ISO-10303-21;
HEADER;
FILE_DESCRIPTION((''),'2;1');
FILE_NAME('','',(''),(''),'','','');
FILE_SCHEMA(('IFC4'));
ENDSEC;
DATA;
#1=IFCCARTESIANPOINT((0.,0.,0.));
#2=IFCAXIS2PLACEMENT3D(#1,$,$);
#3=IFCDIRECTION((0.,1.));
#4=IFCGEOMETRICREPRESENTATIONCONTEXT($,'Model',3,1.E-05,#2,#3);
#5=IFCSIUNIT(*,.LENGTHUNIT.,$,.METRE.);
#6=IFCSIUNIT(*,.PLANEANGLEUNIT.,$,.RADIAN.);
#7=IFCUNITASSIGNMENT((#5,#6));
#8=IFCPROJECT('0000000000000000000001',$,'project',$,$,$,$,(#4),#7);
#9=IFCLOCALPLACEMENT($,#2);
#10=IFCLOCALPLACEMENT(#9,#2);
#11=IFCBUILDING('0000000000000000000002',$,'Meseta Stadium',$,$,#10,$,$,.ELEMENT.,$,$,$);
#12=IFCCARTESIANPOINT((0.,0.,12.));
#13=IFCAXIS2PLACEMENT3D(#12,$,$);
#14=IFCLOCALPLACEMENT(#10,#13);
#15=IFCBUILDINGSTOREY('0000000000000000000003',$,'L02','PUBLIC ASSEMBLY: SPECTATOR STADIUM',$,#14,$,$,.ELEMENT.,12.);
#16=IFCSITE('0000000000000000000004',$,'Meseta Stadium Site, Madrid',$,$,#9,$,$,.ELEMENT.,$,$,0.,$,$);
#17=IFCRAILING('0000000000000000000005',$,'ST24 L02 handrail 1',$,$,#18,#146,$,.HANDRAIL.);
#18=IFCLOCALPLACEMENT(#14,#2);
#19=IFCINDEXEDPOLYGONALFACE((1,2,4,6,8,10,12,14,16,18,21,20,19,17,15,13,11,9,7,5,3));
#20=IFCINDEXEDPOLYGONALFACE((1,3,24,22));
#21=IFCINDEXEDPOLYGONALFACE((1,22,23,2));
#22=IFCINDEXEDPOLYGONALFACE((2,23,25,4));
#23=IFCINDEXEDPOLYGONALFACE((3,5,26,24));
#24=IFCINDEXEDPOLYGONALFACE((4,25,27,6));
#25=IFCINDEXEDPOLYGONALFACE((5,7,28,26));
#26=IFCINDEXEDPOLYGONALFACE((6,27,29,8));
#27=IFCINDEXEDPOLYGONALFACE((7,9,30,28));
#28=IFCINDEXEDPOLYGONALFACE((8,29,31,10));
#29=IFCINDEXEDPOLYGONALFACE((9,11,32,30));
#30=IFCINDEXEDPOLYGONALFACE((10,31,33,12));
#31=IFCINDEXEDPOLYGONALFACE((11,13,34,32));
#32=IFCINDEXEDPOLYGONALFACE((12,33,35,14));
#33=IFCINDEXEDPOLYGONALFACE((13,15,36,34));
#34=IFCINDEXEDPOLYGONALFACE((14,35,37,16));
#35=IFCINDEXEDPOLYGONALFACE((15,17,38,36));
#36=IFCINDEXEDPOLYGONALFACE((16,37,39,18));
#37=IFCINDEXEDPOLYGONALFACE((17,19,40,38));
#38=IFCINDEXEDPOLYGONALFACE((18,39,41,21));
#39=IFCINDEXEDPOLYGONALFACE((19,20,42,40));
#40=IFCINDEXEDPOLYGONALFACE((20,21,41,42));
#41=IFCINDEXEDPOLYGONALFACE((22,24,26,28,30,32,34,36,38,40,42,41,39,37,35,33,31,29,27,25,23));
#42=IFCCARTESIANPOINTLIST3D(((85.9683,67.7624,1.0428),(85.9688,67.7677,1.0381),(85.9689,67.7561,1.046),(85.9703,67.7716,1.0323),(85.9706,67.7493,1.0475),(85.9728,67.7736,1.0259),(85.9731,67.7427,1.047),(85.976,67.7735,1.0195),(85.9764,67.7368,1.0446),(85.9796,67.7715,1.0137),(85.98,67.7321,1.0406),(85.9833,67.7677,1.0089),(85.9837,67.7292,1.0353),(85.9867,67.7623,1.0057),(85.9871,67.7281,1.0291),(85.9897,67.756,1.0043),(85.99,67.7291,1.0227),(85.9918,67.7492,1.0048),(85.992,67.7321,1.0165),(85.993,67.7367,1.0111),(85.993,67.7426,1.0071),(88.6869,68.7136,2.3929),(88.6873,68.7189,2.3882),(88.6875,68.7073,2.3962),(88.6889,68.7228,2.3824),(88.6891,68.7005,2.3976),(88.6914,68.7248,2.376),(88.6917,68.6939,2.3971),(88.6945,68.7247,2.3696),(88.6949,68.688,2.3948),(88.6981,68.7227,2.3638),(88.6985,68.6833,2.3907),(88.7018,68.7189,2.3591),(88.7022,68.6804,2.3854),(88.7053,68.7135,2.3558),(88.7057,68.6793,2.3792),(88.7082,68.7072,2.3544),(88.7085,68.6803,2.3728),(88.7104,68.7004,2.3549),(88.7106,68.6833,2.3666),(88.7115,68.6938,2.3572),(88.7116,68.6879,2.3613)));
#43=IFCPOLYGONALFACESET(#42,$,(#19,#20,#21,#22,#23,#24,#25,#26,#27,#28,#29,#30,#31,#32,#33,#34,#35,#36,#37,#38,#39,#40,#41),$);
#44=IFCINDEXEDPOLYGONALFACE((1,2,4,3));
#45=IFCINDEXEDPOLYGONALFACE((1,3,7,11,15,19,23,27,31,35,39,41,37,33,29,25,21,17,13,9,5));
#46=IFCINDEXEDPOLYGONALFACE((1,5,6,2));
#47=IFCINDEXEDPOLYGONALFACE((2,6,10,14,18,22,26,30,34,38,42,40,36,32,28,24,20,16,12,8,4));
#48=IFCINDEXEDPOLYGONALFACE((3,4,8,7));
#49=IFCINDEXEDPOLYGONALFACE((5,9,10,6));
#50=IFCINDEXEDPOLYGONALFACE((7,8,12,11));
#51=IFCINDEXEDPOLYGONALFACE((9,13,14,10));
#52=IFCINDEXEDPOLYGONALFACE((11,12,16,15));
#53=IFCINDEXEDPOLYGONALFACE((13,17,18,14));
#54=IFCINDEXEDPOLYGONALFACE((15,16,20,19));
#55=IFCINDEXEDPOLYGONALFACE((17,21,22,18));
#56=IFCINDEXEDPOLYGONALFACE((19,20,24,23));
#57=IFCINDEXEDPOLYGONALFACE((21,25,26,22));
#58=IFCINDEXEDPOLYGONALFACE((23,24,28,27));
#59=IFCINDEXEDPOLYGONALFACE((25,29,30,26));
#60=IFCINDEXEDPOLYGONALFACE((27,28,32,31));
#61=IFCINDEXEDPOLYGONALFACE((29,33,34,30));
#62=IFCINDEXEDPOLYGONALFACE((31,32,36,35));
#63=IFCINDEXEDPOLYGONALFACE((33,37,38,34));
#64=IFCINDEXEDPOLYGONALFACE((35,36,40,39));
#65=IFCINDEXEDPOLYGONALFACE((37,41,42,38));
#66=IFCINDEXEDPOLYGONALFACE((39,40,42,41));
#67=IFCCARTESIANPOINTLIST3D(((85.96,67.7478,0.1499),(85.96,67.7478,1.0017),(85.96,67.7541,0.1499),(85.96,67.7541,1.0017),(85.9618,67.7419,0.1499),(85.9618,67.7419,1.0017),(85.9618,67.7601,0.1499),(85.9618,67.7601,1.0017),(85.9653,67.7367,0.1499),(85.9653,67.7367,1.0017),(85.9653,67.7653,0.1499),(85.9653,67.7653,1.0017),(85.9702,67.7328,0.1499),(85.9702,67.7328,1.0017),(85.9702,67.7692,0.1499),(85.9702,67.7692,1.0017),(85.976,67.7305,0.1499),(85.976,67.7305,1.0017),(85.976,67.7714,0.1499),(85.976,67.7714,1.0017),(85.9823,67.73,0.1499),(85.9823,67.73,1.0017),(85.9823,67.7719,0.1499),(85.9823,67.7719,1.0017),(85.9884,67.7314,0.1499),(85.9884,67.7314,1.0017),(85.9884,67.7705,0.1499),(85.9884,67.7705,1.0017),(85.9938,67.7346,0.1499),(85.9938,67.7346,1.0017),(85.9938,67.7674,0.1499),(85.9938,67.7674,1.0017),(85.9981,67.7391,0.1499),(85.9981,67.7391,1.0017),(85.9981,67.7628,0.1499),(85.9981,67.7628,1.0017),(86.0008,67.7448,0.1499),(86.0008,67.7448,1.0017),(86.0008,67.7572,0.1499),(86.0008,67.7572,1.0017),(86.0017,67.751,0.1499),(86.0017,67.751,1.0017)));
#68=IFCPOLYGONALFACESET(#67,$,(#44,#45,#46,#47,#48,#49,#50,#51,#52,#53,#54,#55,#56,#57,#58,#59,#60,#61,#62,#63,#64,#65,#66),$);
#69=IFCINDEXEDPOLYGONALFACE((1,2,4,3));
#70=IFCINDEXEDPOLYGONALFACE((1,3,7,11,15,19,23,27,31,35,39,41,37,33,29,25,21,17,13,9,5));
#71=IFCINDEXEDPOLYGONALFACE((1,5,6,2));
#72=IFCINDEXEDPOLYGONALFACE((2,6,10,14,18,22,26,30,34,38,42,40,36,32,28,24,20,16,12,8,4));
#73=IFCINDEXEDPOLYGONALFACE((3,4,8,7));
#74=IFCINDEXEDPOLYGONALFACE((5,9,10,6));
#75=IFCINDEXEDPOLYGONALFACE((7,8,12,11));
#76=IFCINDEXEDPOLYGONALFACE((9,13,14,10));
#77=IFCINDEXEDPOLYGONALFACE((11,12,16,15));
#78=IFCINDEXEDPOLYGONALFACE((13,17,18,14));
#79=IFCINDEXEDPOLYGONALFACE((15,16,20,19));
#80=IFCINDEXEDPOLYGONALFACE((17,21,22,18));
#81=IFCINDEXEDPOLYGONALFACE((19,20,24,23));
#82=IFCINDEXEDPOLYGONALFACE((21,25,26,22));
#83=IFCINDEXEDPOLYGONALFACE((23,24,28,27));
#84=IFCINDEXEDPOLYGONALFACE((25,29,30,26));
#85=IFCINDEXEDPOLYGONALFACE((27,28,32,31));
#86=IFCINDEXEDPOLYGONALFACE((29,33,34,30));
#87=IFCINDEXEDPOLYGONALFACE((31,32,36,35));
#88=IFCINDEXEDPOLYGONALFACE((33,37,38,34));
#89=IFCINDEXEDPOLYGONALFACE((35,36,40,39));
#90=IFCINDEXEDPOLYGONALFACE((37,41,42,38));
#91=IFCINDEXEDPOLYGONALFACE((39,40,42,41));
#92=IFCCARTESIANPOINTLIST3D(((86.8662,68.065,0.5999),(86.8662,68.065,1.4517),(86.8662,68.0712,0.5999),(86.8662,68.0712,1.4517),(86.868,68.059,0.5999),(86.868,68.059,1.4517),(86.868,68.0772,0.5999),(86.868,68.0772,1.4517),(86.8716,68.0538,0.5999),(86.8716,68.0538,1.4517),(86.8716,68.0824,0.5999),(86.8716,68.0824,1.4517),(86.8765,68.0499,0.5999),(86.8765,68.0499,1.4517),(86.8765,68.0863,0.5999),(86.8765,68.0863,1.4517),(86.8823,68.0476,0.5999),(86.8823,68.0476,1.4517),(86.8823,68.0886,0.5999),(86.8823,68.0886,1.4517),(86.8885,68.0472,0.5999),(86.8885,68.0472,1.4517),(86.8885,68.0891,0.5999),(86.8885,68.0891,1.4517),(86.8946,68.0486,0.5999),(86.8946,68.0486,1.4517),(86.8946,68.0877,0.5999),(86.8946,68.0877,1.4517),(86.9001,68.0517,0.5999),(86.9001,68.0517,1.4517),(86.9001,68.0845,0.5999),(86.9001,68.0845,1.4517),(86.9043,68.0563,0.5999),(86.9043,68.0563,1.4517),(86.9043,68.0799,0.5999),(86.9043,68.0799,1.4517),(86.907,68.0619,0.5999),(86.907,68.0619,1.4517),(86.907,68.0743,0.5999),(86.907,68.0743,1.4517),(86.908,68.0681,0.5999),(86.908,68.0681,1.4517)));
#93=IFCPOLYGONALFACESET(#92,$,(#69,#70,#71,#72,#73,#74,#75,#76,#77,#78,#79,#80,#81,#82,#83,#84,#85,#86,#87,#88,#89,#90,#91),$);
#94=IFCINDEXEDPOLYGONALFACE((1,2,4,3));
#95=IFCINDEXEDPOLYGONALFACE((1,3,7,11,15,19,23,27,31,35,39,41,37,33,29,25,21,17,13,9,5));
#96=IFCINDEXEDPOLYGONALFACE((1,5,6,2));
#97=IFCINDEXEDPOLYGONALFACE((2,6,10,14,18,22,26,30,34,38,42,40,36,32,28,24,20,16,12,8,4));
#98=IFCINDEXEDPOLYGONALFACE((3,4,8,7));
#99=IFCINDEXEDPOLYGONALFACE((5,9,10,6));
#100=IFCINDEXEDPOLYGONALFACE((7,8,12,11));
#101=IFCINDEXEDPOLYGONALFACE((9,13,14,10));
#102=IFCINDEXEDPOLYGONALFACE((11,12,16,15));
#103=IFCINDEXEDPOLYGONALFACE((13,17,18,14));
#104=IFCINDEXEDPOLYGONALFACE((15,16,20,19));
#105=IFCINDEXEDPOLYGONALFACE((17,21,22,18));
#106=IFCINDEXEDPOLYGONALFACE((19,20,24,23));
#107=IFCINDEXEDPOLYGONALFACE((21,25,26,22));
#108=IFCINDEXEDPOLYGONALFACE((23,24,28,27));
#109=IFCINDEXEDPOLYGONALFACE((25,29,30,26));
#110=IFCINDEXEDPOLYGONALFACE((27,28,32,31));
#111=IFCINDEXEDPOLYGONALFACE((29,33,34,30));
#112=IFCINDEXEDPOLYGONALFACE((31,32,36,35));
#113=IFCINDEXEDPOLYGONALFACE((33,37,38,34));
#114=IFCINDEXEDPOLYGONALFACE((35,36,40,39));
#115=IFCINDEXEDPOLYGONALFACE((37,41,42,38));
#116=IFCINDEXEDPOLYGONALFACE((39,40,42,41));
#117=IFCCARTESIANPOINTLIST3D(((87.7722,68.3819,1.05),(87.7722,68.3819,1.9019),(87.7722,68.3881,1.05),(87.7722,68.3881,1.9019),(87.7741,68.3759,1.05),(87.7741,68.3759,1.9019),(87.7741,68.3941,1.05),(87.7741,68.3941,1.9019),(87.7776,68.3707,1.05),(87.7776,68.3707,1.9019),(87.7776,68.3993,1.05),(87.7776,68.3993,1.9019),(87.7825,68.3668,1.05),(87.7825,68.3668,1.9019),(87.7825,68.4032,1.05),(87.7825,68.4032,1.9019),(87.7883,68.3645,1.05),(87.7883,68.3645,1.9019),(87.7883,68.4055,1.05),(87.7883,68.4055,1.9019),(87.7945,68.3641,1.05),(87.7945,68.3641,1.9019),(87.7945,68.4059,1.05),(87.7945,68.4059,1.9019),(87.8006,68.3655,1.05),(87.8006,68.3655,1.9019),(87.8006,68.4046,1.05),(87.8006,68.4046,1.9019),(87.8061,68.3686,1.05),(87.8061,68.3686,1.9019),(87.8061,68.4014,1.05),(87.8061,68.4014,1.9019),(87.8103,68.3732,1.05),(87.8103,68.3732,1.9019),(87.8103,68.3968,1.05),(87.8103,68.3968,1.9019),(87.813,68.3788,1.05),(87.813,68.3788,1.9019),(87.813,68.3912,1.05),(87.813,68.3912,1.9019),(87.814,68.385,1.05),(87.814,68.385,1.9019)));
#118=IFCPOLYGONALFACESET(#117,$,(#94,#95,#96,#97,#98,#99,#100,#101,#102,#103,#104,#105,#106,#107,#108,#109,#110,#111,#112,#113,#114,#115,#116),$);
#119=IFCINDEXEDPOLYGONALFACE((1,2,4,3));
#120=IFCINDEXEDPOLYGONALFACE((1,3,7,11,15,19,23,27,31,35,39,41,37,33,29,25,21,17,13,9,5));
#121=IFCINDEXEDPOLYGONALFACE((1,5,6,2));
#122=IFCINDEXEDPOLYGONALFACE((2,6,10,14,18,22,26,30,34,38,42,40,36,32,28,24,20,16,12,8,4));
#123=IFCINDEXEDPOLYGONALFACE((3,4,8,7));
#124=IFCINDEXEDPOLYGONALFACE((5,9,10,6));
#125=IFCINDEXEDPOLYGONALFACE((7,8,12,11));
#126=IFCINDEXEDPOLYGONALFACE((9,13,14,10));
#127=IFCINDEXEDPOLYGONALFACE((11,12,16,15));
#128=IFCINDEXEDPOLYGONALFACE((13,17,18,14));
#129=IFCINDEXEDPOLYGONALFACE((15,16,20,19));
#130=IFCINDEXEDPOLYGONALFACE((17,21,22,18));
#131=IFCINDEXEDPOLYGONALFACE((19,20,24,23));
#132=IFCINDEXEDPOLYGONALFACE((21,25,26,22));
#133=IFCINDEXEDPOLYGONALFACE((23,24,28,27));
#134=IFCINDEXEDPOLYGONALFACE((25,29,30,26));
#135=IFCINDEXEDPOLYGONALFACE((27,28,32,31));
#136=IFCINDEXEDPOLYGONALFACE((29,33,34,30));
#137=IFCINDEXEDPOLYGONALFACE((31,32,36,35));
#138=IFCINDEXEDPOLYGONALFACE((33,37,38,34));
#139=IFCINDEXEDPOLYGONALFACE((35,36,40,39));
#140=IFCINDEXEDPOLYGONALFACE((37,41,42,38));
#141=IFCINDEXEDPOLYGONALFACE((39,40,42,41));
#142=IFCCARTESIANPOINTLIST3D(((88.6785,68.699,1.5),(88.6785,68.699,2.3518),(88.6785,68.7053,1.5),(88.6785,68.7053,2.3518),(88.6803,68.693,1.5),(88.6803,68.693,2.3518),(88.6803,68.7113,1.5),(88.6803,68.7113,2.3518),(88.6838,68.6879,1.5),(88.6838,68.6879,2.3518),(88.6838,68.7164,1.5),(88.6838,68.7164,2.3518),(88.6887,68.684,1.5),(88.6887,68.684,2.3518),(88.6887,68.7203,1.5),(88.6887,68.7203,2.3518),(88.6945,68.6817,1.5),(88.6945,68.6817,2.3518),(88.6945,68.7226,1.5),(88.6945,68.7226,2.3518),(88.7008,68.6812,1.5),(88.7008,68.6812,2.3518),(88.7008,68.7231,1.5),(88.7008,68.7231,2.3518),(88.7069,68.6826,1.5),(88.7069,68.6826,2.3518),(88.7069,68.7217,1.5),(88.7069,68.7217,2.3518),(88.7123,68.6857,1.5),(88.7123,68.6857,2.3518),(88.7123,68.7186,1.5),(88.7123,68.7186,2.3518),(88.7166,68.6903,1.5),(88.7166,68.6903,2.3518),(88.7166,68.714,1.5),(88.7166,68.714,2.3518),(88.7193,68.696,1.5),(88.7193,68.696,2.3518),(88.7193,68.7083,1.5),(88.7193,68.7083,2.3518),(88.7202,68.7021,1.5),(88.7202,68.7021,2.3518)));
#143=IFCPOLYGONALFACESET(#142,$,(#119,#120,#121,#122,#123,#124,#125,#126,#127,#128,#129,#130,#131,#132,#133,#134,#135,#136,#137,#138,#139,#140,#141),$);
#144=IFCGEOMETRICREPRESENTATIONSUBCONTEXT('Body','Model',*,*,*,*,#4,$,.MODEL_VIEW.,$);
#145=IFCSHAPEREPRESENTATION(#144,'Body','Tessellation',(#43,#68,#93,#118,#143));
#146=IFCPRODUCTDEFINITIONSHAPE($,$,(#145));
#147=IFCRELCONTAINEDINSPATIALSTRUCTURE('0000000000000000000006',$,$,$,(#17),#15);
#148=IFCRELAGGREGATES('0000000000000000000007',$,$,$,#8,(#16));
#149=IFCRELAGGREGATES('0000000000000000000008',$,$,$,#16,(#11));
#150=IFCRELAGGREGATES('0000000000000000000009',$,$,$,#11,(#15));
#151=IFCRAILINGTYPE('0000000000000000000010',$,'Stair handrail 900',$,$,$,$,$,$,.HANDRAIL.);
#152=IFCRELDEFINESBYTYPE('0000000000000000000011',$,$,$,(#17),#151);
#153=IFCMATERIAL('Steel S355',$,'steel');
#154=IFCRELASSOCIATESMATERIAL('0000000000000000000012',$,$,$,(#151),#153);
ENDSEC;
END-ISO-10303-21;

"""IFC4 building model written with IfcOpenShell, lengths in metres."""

from ifc_helpers import new_model, si_unit, direction, frame, origin, origin_2d, place, context, subcontext, project, spatial, circle, extrude, material, type_object, element, save


model = new_model("IFC4")

# Units and contexts
model_context = context("Model", 3, precision=1e-05, world=origin(), true_north=direction((0.0, 1.0)))
body_context = subcontext(model_context, "Body", "Model", "MODEL_VIEW")
ifc_project = project(units=[si_unit("LENGTHUNIT", "METRE"), si_unit("PLANEANGLEUNIT", "RADIAN")], contexts=[model_context])

# Site, building, storey
site_placement = place(None, origin())
site = spatial("IfcSite", under=ifc_project, at=site_placement, Name="Meseta Stadium Site, Madrid", CompositionType="ELEMENT", RefElevation=0.0)
building_placement = place(site_placement, origin())
building = spatial("IfcBuilding", under=site, at=building_placement, Name="Meseta Stadium", CompositionType="ELEMENT")
storey_placement = place(building_placement, frame((0.0, 0.0, 12.0)))
storey = spatial("IfcBuildingStorey", under=building, at=storey_placement, Name="L02", Description="PUBLIC ASSEMBLY: SPECTATOR STADIUM", CompositionType="ELEMENT", Elevation=12.0)

# Railing
ifc_material_1 = material(Name="Steel S355", Category="steel")
railing_type_1 = type_object("IfcRailingType", Name="Stair handrail 900", PredefinedType="HANDRAIL", material=ifc_material_1)
for number, where, name in (
    (1, (85.9807, 67.751, 0.1499), "ST24 L02 handrail 1"),
):
    element("IfcRailing", number, at=place(storey_placement, frame(where)), inside=storey, type_object=railing_type_1, Name=name, PredefinedType="HANDRAIL", context=body_context, shape_type="SweptSolid", body=[
        extrude(circle(Radius=0.0239, at=origin_2d()), frame((0.0, 0.0, 0.876), z_axis=(0.854649, 0.299031, 0.424446), x_axis=(-0.330256, 0.943891, 0.0)), (0.0, 0.0, 1.0), 3.1809),
        extrude(circle(Radius=0.021, at=origin_2d()), origin(), (0.0, 0.0, 1.0), 0.8518),
        extrude(circle(Radius=0.021, at=origin_2d()), frame((0.9062, 0.3171, 0.45)), (0.0, 0.0, 1.0), 0.8518),
        extrude(circle(Radius=0.021, at=origin_2d()), frame((1.8123, 0.634, 0.9001)), (0.0, 0.0, 1.0), 0.8518),
        extrude(circle(Radius=0.021, at=origin_2d()), frame((2.7185, 0.9512, 1.3501)), (0.0, 0.0, 1.0), 0.8518),
    ])

save(model, "model.ifc")
